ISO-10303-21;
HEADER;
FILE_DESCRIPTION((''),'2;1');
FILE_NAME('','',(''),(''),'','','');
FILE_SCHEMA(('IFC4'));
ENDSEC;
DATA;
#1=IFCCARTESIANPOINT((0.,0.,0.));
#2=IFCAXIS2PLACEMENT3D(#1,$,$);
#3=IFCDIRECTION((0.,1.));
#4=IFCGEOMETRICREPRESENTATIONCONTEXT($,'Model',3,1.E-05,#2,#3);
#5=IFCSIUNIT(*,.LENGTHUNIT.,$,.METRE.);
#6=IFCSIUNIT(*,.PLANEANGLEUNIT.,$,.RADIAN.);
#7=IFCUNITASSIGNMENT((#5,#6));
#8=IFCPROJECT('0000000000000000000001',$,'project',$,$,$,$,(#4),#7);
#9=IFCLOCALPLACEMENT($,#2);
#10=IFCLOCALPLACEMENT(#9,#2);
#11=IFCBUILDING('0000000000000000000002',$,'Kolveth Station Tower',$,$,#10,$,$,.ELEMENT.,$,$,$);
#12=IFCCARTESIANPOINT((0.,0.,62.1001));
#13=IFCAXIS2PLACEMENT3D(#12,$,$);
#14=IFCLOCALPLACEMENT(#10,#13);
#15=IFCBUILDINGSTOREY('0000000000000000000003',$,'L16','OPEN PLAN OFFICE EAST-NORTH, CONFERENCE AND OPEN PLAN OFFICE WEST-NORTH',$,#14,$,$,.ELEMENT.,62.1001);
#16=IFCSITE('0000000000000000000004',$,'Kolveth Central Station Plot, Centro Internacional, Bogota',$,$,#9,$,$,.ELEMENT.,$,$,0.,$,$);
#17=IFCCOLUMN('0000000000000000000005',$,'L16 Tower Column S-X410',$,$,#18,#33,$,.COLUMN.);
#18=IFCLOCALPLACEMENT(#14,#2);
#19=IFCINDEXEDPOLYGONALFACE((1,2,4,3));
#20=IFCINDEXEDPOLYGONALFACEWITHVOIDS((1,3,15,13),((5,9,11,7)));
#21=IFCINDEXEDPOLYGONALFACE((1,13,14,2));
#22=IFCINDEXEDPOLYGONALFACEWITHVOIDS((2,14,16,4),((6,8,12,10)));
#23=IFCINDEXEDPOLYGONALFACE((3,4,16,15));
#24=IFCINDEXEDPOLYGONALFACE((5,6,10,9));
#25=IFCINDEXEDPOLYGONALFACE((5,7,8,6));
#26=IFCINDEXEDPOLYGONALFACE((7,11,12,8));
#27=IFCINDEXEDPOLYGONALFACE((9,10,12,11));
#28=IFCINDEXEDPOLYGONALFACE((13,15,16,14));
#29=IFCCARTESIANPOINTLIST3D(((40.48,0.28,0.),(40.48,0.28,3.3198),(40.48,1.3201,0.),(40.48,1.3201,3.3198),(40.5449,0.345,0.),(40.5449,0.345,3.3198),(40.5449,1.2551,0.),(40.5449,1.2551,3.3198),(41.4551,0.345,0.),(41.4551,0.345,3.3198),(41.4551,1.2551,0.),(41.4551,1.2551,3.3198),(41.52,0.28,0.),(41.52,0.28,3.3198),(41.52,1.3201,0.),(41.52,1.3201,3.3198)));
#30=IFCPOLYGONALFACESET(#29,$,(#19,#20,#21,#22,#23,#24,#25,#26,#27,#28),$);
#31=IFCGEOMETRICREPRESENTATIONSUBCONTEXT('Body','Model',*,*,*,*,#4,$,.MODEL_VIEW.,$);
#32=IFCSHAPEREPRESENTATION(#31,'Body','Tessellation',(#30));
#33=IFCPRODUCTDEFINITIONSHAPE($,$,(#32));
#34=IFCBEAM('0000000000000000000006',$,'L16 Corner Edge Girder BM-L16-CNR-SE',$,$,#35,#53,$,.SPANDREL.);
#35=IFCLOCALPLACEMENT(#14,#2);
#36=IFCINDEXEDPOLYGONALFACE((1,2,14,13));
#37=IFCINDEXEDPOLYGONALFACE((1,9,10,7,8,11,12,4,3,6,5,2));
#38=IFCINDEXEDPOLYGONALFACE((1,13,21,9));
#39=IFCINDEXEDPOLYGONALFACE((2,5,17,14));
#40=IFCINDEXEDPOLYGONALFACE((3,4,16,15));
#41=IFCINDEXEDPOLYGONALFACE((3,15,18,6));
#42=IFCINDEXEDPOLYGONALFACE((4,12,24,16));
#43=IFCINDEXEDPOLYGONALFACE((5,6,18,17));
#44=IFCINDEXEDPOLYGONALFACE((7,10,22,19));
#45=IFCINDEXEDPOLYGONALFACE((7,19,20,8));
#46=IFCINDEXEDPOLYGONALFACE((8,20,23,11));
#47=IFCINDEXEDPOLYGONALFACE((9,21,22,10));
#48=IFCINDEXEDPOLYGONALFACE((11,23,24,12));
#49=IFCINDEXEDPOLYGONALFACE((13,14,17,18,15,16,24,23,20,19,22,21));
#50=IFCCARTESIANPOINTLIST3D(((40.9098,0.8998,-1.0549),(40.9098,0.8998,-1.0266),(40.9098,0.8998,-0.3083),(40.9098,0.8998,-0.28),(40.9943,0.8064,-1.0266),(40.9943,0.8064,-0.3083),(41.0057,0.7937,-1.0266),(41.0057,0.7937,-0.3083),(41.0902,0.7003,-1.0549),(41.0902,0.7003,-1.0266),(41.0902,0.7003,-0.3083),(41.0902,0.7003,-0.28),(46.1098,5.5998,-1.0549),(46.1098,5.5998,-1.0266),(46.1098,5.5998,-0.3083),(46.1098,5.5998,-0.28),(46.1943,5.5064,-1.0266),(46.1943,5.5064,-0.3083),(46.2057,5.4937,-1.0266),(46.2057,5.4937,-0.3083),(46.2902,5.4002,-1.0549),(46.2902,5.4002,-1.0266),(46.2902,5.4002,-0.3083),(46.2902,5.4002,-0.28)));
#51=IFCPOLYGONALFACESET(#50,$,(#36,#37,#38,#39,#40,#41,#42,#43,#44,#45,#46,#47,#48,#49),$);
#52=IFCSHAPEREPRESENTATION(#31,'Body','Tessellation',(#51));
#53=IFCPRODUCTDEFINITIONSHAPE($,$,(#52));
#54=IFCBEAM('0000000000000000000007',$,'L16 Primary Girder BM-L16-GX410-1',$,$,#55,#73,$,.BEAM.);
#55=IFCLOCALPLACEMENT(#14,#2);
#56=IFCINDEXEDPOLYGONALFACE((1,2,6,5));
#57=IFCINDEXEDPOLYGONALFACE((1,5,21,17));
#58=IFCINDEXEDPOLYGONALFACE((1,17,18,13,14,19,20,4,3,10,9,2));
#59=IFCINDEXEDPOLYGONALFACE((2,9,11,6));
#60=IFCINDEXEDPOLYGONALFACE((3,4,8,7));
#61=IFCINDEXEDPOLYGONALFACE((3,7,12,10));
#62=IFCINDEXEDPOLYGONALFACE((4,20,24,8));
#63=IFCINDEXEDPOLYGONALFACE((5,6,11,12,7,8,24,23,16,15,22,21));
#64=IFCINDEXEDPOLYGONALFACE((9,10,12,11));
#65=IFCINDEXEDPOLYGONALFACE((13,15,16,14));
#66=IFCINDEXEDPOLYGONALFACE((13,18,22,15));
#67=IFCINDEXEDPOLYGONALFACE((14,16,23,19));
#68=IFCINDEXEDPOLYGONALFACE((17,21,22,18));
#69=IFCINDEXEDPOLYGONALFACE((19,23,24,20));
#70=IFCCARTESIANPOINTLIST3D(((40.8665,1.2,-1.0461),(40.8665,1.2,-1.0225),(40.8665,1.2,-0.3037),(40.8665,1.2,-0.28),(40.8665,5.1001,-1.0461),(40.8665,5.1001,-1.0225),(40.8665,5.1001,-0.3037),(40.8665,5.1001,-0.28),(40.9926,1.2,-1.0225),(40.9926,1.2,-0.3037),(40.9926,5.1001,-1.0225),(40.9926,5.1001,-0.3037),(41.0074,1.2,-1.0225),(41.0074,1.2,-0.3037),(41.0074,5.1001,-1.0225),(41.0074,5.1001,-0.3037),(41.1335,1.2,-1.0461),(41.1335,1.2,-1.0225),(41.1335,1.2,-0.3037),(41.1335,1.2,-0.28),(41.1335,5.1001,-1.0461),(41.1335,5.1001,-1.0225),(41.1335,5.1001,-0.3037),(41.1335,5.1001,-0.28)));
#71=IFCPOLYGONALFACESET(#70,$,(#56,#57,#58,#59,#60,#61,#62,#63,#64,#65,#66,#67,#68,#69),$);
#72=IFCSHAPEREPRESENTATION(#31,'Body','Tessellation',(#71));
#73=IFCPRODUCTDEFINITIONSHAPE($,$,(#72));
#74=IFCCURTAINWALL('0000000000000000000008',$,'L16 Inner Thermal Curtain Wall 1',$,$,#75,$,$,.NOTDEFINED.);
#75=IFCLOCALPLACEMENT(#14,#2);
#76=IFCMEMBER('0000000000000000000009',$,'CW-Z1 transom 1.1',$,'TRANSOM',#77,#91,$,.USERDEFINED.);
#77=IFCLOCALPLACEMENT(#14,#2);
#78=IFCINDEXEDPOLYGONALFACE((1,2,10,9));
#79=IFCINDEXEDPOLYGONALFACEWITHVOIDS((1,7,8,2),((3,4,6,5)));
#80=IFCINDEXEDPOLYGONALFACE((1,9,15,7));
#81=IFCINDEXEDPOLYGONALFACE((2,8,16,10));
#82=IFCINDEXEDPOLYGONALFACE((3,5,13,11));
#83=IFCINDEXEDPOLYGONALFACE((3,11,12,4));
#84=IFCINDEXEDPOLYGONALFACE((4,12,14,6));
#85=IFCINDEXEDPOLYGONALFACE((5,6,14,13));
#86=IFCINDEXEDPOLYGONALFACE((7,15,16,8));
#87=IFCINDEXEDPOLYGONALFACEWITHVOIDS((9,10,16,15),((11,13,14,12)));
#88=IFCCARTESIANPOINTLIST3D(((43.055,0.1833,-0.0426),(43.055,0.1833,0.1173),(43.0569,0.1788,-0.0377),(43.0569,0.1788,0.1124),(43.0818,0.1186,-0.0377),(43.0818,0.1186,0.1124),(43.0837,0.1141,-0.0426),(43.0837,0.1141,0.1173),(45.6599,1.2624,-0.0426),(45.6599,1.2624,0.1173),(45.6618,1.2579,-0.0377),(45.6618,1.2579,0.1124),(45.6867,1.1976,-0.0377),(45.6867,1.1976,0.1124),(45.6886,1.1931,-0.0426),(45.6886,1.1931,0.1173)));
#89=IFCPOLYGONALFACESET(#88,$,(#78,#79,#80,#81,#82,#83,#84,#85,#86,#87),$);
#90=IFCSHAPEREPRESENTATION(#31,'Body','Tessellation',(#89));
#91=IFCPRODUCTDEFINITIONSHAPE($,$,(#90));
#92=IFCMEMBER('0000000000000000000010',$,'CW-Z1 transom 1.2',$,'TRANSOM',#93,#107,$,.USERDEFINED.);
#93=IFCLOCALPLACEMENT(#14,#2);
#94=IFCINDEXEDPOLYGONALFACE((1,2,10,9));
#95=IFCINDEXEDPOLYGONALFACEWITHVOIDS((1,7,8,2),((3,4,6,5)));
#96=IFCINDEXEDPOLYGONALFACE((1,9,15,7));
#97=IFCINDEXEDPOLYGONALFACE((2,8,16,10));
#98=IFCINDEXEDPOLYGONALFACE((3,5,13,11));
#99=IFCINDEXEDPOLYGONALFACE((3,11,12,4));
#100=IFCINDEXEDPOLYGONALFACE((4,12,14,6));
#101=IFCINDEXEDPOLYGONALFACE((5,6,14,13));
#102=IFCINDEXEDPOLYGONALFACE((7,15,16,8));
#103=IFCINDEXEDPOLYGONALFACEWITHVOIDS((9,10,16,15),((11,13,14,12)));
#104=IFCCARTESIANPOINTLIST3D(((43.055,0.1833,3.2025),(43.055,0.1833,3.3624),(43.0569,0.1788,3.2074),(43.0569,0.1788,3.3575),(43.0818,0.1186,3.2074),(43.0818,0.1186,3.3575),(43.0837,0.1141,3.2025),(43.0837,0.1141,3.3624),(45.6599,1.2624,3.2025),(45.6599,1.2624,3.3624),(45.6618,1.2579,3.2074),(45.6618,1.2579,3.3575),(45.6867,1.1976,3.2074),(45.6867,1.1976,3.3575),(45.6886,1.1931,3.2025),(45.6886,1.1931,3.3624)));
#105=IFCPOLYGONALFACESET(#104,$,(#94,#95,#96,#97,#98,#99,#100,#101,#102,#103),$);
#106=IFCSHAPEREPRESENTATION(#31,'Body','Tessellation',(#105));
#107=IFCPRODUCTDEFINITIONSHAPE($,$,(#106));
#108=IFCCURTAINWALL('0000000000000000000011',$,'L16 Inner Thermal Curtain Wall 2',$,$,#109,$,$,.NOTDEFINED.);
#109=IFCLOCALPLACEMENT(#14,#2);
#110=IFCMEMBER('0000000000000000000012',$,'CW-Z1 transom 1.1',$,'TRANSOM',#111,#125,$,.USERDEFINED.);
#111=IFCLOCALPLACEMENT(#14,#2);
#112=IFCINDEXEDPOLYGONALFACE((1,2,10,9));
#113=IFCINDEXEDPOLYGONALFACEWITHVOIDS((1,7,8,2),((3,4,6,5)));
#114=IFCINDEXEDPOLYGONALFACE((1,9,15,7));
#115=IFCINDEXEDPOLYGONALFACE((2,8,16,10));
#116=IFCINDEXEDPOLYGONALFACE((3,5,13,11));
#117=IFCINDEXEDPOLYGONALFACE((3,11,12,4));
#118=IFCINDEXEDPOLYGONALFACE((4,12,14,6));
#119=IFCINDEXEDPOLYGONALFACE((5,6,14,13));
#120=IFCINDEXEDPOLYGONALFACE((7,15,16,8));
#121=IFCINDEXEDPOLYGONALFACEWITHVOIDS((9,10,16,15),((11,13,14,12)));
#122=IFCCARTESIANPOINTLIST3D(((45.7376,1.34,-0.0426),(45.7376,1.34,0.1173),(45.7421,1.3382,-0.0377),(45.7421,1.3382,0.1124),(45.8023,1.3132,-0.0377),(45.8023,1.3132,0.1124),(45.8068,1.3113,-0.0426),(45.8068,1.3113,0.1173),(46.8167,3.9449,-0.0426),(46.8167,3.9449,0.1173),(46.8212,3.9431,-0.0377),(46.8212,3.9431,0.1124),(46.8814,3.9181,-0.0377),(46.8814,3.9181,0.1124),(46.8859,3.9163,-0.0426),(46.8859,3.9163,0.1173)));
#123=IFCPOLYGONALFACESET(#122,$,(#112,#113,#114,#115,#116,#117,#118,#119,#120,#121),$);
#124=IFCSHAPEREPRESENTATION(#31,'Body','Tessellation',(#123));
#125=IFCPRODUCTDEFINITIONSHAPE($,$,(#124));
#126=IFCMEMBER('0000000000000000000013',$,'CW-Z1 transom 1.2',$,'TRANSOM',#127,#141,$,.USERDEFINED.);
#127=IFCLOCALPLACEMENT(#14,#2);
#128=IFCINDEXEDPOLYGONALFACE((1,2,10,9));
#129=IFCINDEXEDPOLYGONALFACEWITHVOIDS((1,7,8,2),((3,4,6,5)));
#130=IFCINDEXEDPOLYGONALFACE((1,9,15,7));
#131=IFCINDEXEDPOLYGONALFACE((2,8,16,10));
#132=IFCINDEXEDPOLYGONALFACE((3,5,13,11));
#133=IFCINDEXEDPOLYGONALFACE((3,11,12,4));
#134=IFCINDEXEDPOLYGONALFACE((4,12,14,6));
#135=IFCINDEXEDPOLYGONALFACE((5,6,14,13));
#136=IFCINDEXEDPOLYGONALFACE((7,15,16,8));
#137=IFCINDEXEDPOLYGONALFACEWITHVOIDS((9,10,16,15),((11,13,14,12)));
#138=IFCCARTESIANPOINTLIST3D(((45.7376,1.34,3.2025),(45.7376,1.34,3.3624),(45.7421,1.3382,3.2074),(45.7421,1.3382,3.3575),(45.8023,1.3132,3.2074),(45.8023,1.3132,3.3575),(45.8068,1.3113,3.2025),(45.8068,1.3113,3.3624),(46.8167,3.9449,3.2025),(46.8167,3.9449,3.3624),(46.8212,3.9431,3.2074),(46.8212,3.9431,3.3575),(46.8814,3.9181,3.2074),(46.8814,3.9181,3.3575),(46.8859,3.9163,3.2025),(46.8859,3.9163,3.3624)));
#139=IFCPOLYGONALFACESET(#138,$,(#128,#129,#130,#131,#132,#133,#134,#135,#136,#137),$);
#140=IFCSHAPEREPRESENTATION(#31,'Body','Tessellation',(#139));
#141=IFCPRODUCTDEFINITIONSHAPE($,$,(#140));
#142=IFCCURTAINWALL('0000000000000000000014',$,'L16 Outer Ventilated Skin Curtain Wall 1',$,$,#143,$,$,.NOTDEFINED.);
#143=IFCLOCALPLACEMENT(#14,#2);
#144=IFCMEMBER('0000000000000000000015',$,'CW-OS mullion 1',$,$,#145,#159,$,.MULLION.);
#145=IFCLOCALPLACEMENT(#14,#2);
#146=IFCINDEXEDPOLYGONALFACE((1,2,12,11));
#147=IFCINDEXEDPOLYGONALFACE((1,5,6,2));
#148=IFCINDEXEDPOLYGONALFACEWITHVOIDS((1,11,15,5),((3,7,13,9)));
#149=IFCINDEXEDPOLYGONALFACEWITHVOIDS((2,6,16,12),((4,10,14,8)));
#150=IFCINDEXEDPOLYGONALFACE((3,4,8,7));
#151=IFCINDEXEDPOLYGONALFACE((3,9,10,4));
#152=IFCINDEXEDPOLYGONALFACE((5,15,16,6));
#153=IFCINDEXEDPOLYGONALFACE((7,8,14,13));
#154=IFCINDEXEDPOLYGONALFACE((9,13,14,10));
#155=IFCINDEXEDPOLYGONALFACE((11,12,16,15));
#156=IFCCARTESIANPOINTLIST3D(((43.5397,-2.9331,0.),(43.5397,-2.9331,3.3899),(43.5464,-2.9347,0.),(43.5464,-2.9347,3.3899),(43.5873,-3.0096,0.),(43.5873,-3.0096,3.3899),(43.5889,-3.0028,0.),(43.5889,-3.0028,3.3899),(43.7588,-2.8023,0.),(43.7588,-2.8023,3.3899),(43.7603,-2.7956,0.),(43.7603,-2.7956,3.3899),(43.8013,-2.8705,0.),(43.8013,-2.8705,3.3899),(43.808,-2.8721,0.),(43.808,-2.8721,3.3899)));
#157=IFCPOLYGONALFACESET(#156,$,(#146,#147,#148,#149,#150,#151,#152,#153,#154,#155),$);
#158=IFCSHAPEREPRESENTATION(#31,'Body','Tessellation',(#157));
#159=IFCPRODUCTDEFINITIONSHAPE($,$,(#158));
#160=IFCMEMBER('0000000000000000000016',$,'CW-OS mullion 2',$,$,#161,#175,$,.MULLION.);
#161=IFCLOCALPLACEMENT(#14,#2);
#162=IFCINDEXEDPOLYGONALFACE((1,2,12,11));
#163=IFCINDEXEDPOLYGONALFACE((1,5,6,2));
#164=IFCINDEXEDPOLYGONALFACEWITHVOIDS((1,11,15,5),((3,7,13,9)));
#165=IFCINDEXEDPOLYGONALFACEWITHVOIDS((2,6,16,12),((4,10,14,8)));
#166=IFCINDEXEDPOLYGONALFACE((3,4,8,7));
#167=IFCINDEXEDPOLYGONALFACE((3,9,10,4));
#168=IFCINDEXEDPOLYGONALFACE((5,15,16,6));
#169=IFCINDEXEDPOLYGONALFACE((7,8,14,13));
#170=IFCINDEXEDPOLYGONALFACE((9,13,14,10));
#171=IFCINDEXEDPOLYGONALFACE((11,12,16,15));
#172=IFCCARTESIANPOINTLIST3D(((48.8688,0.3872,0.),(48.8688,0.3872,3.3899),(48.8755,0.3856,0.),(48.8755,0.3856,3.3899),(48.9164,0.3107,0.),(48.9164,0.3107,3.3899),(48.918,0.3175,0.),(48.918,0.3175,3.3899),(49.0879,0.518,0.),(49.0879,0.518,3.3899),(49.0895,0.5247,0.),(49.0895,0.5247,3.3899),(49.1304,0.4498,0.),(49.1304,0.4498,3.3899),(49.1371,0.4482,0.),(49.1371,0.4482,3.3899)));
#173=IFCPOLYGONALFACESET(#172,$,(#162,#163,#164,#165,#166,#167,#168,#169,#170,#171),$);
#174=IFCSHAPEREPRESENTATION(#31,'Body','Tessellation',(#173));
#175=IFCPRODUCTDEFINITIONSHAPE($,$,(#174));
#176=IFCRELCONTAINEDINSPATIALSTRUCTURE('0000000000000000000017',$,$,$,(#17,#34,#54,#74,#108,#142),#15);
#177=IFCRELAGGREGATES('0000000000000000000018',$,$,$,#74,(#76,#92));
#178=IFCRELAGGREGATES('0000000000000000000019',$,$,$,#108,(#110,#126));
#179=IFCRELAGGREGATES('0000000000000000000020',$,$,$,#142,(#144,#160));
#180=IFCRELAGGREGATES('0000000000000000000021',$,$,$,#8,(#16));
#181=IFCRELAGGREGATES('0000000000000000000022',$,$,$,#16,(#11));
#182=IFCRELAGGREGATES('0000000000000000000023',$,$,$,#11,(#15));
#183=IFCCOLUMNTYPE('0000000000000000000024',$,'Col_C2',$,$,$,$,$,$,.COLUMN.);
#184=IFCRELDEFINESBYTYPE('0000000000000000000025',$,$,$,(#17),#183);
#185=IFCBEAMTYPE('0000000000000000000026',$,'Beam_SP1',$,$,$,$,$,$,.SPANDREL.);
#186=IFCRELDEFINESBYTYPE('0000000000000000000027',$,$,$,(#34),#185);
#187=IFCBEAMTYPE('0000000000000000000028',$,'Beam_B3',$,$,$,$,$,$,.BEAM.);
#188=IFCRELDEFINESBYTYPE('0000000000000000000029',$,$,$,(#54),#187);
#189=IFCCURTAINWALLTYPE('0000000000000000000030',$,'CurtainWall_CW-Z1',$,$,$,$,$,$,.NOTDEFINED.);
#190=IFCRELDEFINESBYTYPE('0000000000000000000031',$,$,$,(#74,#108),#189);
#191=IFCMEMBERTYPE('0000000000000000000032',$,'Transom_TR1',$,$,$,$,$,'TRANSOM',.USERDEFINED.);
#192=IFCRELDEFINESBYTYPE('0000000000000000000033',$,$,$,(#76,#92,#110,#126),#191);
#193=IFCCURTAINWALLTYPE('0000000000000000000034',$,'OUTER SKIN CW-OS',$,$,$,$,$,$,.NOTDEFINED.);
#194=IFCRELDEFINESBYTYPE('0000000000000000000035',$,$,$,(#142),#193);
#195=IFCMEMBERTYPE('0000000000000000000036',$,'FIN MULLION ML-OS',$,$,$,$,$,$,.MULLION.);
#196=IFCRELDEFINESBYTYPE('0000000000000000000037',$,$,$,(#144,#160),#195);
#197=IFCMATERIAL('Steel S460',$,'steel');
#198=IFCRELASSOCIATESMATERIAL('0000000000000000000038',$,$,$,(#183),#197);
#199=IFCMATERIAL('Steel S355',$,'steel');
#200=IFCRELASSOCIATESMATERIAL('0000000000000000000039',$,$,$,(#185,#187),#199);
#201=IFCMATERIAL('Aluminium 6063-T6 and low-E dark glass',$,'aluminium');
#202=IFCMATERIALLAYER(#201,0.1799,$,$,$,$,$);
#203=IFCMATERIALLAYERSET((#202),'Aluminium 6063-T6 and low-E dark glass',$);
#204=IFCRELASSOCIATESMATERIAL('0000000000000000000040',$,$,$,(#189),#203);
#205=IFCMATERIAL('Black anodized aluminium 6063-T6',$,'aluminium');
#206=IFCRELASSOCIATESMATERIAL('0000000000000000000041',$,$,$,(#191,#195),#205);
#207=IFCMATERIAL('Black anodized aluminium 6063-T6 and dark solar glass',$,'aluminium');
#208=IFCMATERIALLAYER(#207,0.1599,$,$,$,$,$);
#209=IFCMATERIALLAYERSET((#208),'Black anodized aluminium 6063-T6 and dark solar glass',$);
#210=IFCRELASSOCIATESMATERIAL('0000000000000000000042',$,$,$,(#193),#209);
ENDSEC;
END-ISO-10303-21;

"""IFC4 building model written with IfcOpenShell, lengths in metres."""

from ifc_helpers import new_model, si_unit, direction, frame, origin, origin_2d, place, context, subcontext, project, spatial, hollow_rectangle, i_section, extrude, source, transform, mapped, material, layer, layer_set, material_profile, profile_set, type_object, element, aggregate, save


model = new_model("IFC4")

# Units and contexts
model_context = context("Model", 3, precision=1e-05, world=origin(), true_north=direction((0.0, 1.0)))
body_context = subcontext(model_context, "Body", "Model", "MODEL_VIEW")
ifc_project = project(units=[si_unit("LENGTHUNIT", "METRE"), si_unit("PLANEANGLEUNIT", "RADIAN")], contexts=[model_context])

# Site, building, storey
site_placement = place(None, origin())
site = spatial("IfcSite", under=ifc_project, at=site_placement, Name="Kolveth Central Station Plot, Centro Internacional, Bogota", CompositionType="ELEMENT", RefElevation=0.0)
building_placement = place(site_placement, origin())
building = spatial("IfcBuilding", under=site, at=building_placement, Name="Kolveth Station Tower", CompositionType="ELEMENT")
storey_placement = place(building_placement, frame((0.0, 0.0, 62.1001)))
storey = spatial("IfcBuildingStorey", under=building, at=storey_placement, Name="L16", Description="OPEN PLAN OFFICE EAST-NORTH, CONFERENCE AND OPEN PLAN OFFICE WEST-NORTH", CompositionType="ELEMENT", Elevation=62.1001)

# Column
ifc_material_1 = material(Name="Steel S460", Category="steel")
ifc_material_profile_1 = material_profile(ifc_material_1, hollow_rectangle(XDim=1.04, YDim=1.04, WallThickness=0.0649, at=origin_2d()), Name="BOX1040x1040x65")
ifc_profile_set_1 = profile_set([ifc_material_profile_1], Name="Steel S460")
column_type = type_object("IfcColumnType", Name="Col_C2", PredefinedType="COLUMN", material=ifc_profile_set_1)
shared_shape_1 = source(origin(), body_context, "Body", "SweptSolid", [
    extrude(hollow_rectangle(XDim=1.04, YDim=1.04, WallThickness=0.0649, at=origin_2d()), origin(), (0.0, 0.0, 1.0), 3.3198),
])
column_placement = place(storey_placement, frame((41.0, 0.8, 0.0), z_axis=(0.0, 0.0, 1.0), x_axis=(1.0, 0.0, 0.0)))
element("IfcColumn", 1, at=column_placement, inside=storey, type_object=column_type, Name="L16 Tower Column S-X410", PredefinedType="COLUMN", context=body_context, shape_type="MappedRepresentation", body=[
    mapped(shared_shape_1, transform((0.0, 0.0, 0.0), x_axis=(1.0, 0.0, 0.0), y_axis=(0.0, 1.0, 0.0), z_axis=(0.0, 0.0, 1.0), scale=1.0)),
])

# Beams
ifc_material_2 = material(Name="Steel S355", Category="steel")
ifc_material_profile_2 = material_profile(ifc_material_2, i_section(OverallWidth=0.269, OverallDepth=0.7749, WebThickness=0.0171, FlangeThickness=0.0283, at=origin_2d()), Name="W760x220")
ifc_profile_set_2 = profile_set([ifc_material_profile_2], Name="Steel S355")
beam_type_1 = type_object("IfcBeamType", Name="Beam_SP1", PredefinedType="SPANDREL", material=ifc_profile_set_2)
shared_shape_2 = source(origin(), body_context, "Body", "SweptSolid", [
    extrude(i_section(OverallWidth=0.269, OverallDepth=0.7749, WebThickness=0.0171, FlangeThickness=0.0283, at=origin_2d()), origin(), (0.0, 0.0, 1.0), 7.0093),
])
beam_1_placement = place(storey_placement, frame((41.0, 0.8, -0.6675), z_axis=(0.741874, 0.670539, 0.0), x_axis=(-0.670539, 0.741874, 0.0)))
element("IfcBeam", 2, at=beam_1_placement, inside=storey, type_object=beam_type_1, Name="L16 Corner Edge Girder BM-L16-CNR-SE", PredefinedType="SPANDREL", context=body_context, shape_type="MappedRepresentation", body=[
    mapped(shared_shape_2, transform((0.0, 0.0, 0.0), x_axis=(1.0, 0.0, 0.0), y_axis=(0.0, 1.0, 0.0), z_axis=(0.0, 0.0, 1.0), scale=1.0)),
])
ifc_material_profile_3 = material_profile(ifc_material_2, i_section(OverallWidth=0.2671, OverallDepth=0.7661, WebThickness=0.0149, FlangeThickness=0.0237, at=origin_2d()), Name="W760x185")
ifc_profile_set_3 = profile_set([ifc_material_profile_3], Name="Steel S355")
beam_type_2 = type_object("IfcBeamType", Name="Beam_B3", PredefinedType="BEAM", material=ifc_profile_set_3)
shared_shape_3 = source(origin(), body_context, "Body", "SweptSolid", [
    extrude(i_section(OverallWidth=0.2671, OverallDepth=0.7661, WebThickness=0.0149, FlangeThickness=0.0237, at=origin_2d()), origin(), (0.0, 0.0, 1.0), 3.9001),
])
beam_2_placement = place(storey_placement, frame((41.0, 1.2, -0.6631), z_axis=(0.0, 1.0, 0.0), x_axis=(-1.0, 0.0, 0.0)))
element("IfcBeam", 3, at=beam_2_placement, inside=storey, type_object=beam_type_2, Name="L16 Primary Girder BM-L16-GX410-1", PredefinedType="BEAM", context=body_context, shape_type="MappedRepresentation", body=[
    mapped(shared_shape_3, transform((0.0, 0.0, 0.0), x_axis=(1.0, 0.0, 0.0), y_axis=(0.0, 1.0, 0.0), z_axis=(0.0, 0.0, 1.0), scale=1.0)),
])

# Curtain walls, members
ifc_material_3 = material(Name="Aluminium 6063-T6 and low-E dark glass", Category="aluminium")
ifc_layer_1 = layer(ifc_material_3, 0.1799)
ifc_layer_set_1 = layer_set([ifc_layer_1], Name="Aluminium 6063-T6 and low-E dark glass")
curtain_wall_type_1 = type_object("IfcCurtainWallType", Name="CurtainWall_CW-Z1", PredefinedType="NOTDEFINED", material=ifc_layer_set_1)
curtain_wall_1_placement = place(storey_placement, origin())
curtain_wall_1 = element("IfcCurtainWall", 4, at=curtain_wall_1_placement, inside=storey, type_object=curtain_wall_type_1, Name="L16 Inner Thermal Curtain Wall 1", PredefinedType="NOTDEFINED")
ifc_material_4 = material(Name="Black anodized aluminium 6063-T6", Category="aluminium")
ifc_material_profile_4 = material_profile(ifc_material_4, hollow_rectangle(XDim=0.075, YDim=0.1599, WallThickness=0.0049, at=origin_2d()), Name="ALU-75x160x5")
ifc_profile_set_4 = profile_set([ifc_material_profile_4], Name="Black anodized aluminium 6063-T6")
member_type_1 = type_object("IfcMemberType", Name="Transom_TR1", ElementType="TRANSOM", PredefinedType="USERDEFINED", material=ifc_profile_set_4)
shared_shape_4 = source(origin(), body_context, "Body", "SweptSolid", [
    extrude(hollow_rectangle(XDim=0.075, YDim=0.1599, WallThickness=0.0049, at=origin_2d()), origin(), (0.0, 0.0, 1.0), 2.8196),
])
member_1_placement = place(storey_placement, frame((43.0693, 0.1487, 0.0374), z_axis=(0.923869, 0.382709, 0.0), x_axis=(-0.382709, 0.923869, 0.0)))
member_1 = element("IfcMember", 5, at=member_1_placement, type_object=member_type_1, Name="CW-Z1 transom 1.1", ObjectType="TRANSOM", PredefinedType="USERDEFINED", context=body_context, shape_type="MappedRepresentation", body=[
    mapped(shared_shape_4, transform((0.0, 0.0, 0.0), x_axis=(1.0, 0.0, 0.0), y_axis=(0.0, 1.0, 0.0), z_axis=(0.0, 0.0, 1.0), scale=1.0)),
])
member_2_placement = place(storey_placement, frame((43.0693, 0.1487, 3.2825), z_axis=(0.923869, 0.382709, 0.0), x_axis=(-0.382709, 0.923869, 0.0)))
member_2 = element("IfcMember", 6, at=member_2_placement, type_object=member_type_1, Name="CW-Z1 transom 1.2", ObjectType="TRANSOM", PredefinedType="USERDEFINED", context=body_context, shape_type="MappedRepresentation", body=[
    mapped(shared_shape_4, transform((0.0, 0.0, 0.0), x_axis=(1.0, 0.0, 0.0), y_axis=(0.0, 1.0, 0.0), z_axis=(0.0, 0.0, 1.0), scale=1.0)),
])
curtain_wall_2_placement = place(storey_placement, origin())
curtain_wall_2 = element("IfcCurtainWall", 7, at=curtain_wall_2_placement, inside=storey, type_object=curtain_wall_type_1, Name="L16 Inner Thermal Curtain Wall 2", PredefinedType="NOTDEFINED")
member_3_placement = place(storey_placement, frame((45.7722, 1.3257, 0.0374), z_axis=(0.382709, 0.923869, 0.0), x_axis=(-0.923869, 0.382709, 0.0)))
member_3 = element("IfcMember", 8, at=member_3_placement, type_object=member_type_1, Name="CW-Z1 transom 1.1", ObjectType="TRANSOM", PredefinedType="USERDEFINED", context=body_context, shape_type="MappedRepresentation", body=[
    mapped(shared_shape_4, transform((0.0, 0.0, 0.0), x_axis=(1.0, 0.0, 0.0), y_axis=(0.0, 1.0, 0.0), z_axis=(0.0, 0.0, 1.0), scale=1.0)),
])
member_4_placement = place(storey_placement, frame((45.7722, 1.3257, 3.2825), z_axis=(0.382709, 0.923869, 0.0), x_axis=(-0.923869, 0.382709, 0.0)))
member_4 = element("IfcMember", 9, at=member_4_placement, type_object=member_type_1, Name="CW-Z1 transom 1.2", ObjectType="TRANSOM", PredefinedType="USERDEFINED", context=body_context, shape_type="MappedRepresentation", body=[
    mapped(shared_shape_4, transform((0.0, 0.0, 0.0), x_axis=(1.0, 0.0, 0.0), y_axis=(0.0, 1.0, 0.0), z_axis=(0.0, 0.0, 1.0), scale=1.0)),
])
ifc_material_5 = material(Name="Black anodized aluminium 6063-T6 and dark solar glass", Category="aluminium")
ifc_layer_2 = layer(ifc_material_5, 0.1599)
ifc_layer_set_2 = layer_set([ifc_layer_2], Name="Black anodized aluminium 6063-T6 and dark solar glass")
curtain_wall_type_2 = type_object("IfcCurtainWallType", Name="OUTER SKIN CW-OS", PredefinedType="NOTDEFINED", material=ifc_layer_set_2)
curtain_wall_3_placement = place(storey_placement, origin())
curtain_wall_3 = element("IfcCurtainWall", 10, at=curtain_wall_3_placement, inside=storey, type_object=curtain_wall_type_2, Name="L16 Outer Ventilated Skin Curtain Wall 1", PredefinedType="NOTDEFINED")
ifc_material_profile_5 = material_profile(ifc_material_4, hollow_rectangle(XDim=0.0901, YDim=0.26, WallThickness=0.0049, at=origin_2d()), Name="ALU-90x260x5")
ifc_profile_set_5 = profile_set([ifc_material_profile_5], Name="Black anodized aluminium 6063-T6")
member_type_2 = type_object("IfcMemberType", Name="FIN MULLION ML-OS", PredefinedType="MULLION", material=ifc_profile_set_5)
shared_shape_5 = source(origin(), body_context, "Body", "SweptSolid", [
    extrude(hollow_rectangle(XDim=0.0901, YDim=0.26, WallThickness=0.0049, at=origin_2d()), origin(), (0.0, 0.0, 1.0), 3.3899),
])
member_5_placement = place(storey_placement, frame((43.6738, -2.9026, 0.0), z_axis=(0.0, 0.0, 1.0), x_axis=(-0.528809, 0.848741, 0.0)))
member_5 = element("IfcMember", 11, at=member_5_placement, type_object=member_type_2, Name="CW-OS mullion 1", PredefinedType="MULLION", context=body_context, shape_type="MappedRepresentation", body=[
    mapped(shared_shape_5, transform((0.0, 0.0, 0.0), x_axis=(1.0, 0.0, 0.0), y_axis=(0.0, 1.0, 0.0), z_axis=(0.0, 0.0, 1.0), scale=1.0)),
])
member_6_placement = place(storey_placement, frame((49.0029, 0.4177, 0.0), z_axis=(0.0, 0.0, 1.0), x_axis=(-0.528809, 0.848741, 0.0)))
member_6 = element("IfcMember", 12, at=member_6_placement, type_object=member_type_2, Name="CW-OS mullion 2", PredefinedType="MULLION", context=body_context, shape_type="MappedRepresentation", body=[
    mapped(shared_shape_5, transform((0.0, 0.0, 0.0), x_axis=(1.0, 0.0, 0.0), y_axis=(0.0, 1.0, 0.0), z_axis=(0.0, 0.0, 1.0), scale=1.0)),
])

aggregate(curtain_wall_1, [member_1, member_2])
aggregate(curtain_wall_2, [member_3, member_4])
aggregate(curtain_wall_3, [member_5, member_6])

save(model, "model.ifc")
